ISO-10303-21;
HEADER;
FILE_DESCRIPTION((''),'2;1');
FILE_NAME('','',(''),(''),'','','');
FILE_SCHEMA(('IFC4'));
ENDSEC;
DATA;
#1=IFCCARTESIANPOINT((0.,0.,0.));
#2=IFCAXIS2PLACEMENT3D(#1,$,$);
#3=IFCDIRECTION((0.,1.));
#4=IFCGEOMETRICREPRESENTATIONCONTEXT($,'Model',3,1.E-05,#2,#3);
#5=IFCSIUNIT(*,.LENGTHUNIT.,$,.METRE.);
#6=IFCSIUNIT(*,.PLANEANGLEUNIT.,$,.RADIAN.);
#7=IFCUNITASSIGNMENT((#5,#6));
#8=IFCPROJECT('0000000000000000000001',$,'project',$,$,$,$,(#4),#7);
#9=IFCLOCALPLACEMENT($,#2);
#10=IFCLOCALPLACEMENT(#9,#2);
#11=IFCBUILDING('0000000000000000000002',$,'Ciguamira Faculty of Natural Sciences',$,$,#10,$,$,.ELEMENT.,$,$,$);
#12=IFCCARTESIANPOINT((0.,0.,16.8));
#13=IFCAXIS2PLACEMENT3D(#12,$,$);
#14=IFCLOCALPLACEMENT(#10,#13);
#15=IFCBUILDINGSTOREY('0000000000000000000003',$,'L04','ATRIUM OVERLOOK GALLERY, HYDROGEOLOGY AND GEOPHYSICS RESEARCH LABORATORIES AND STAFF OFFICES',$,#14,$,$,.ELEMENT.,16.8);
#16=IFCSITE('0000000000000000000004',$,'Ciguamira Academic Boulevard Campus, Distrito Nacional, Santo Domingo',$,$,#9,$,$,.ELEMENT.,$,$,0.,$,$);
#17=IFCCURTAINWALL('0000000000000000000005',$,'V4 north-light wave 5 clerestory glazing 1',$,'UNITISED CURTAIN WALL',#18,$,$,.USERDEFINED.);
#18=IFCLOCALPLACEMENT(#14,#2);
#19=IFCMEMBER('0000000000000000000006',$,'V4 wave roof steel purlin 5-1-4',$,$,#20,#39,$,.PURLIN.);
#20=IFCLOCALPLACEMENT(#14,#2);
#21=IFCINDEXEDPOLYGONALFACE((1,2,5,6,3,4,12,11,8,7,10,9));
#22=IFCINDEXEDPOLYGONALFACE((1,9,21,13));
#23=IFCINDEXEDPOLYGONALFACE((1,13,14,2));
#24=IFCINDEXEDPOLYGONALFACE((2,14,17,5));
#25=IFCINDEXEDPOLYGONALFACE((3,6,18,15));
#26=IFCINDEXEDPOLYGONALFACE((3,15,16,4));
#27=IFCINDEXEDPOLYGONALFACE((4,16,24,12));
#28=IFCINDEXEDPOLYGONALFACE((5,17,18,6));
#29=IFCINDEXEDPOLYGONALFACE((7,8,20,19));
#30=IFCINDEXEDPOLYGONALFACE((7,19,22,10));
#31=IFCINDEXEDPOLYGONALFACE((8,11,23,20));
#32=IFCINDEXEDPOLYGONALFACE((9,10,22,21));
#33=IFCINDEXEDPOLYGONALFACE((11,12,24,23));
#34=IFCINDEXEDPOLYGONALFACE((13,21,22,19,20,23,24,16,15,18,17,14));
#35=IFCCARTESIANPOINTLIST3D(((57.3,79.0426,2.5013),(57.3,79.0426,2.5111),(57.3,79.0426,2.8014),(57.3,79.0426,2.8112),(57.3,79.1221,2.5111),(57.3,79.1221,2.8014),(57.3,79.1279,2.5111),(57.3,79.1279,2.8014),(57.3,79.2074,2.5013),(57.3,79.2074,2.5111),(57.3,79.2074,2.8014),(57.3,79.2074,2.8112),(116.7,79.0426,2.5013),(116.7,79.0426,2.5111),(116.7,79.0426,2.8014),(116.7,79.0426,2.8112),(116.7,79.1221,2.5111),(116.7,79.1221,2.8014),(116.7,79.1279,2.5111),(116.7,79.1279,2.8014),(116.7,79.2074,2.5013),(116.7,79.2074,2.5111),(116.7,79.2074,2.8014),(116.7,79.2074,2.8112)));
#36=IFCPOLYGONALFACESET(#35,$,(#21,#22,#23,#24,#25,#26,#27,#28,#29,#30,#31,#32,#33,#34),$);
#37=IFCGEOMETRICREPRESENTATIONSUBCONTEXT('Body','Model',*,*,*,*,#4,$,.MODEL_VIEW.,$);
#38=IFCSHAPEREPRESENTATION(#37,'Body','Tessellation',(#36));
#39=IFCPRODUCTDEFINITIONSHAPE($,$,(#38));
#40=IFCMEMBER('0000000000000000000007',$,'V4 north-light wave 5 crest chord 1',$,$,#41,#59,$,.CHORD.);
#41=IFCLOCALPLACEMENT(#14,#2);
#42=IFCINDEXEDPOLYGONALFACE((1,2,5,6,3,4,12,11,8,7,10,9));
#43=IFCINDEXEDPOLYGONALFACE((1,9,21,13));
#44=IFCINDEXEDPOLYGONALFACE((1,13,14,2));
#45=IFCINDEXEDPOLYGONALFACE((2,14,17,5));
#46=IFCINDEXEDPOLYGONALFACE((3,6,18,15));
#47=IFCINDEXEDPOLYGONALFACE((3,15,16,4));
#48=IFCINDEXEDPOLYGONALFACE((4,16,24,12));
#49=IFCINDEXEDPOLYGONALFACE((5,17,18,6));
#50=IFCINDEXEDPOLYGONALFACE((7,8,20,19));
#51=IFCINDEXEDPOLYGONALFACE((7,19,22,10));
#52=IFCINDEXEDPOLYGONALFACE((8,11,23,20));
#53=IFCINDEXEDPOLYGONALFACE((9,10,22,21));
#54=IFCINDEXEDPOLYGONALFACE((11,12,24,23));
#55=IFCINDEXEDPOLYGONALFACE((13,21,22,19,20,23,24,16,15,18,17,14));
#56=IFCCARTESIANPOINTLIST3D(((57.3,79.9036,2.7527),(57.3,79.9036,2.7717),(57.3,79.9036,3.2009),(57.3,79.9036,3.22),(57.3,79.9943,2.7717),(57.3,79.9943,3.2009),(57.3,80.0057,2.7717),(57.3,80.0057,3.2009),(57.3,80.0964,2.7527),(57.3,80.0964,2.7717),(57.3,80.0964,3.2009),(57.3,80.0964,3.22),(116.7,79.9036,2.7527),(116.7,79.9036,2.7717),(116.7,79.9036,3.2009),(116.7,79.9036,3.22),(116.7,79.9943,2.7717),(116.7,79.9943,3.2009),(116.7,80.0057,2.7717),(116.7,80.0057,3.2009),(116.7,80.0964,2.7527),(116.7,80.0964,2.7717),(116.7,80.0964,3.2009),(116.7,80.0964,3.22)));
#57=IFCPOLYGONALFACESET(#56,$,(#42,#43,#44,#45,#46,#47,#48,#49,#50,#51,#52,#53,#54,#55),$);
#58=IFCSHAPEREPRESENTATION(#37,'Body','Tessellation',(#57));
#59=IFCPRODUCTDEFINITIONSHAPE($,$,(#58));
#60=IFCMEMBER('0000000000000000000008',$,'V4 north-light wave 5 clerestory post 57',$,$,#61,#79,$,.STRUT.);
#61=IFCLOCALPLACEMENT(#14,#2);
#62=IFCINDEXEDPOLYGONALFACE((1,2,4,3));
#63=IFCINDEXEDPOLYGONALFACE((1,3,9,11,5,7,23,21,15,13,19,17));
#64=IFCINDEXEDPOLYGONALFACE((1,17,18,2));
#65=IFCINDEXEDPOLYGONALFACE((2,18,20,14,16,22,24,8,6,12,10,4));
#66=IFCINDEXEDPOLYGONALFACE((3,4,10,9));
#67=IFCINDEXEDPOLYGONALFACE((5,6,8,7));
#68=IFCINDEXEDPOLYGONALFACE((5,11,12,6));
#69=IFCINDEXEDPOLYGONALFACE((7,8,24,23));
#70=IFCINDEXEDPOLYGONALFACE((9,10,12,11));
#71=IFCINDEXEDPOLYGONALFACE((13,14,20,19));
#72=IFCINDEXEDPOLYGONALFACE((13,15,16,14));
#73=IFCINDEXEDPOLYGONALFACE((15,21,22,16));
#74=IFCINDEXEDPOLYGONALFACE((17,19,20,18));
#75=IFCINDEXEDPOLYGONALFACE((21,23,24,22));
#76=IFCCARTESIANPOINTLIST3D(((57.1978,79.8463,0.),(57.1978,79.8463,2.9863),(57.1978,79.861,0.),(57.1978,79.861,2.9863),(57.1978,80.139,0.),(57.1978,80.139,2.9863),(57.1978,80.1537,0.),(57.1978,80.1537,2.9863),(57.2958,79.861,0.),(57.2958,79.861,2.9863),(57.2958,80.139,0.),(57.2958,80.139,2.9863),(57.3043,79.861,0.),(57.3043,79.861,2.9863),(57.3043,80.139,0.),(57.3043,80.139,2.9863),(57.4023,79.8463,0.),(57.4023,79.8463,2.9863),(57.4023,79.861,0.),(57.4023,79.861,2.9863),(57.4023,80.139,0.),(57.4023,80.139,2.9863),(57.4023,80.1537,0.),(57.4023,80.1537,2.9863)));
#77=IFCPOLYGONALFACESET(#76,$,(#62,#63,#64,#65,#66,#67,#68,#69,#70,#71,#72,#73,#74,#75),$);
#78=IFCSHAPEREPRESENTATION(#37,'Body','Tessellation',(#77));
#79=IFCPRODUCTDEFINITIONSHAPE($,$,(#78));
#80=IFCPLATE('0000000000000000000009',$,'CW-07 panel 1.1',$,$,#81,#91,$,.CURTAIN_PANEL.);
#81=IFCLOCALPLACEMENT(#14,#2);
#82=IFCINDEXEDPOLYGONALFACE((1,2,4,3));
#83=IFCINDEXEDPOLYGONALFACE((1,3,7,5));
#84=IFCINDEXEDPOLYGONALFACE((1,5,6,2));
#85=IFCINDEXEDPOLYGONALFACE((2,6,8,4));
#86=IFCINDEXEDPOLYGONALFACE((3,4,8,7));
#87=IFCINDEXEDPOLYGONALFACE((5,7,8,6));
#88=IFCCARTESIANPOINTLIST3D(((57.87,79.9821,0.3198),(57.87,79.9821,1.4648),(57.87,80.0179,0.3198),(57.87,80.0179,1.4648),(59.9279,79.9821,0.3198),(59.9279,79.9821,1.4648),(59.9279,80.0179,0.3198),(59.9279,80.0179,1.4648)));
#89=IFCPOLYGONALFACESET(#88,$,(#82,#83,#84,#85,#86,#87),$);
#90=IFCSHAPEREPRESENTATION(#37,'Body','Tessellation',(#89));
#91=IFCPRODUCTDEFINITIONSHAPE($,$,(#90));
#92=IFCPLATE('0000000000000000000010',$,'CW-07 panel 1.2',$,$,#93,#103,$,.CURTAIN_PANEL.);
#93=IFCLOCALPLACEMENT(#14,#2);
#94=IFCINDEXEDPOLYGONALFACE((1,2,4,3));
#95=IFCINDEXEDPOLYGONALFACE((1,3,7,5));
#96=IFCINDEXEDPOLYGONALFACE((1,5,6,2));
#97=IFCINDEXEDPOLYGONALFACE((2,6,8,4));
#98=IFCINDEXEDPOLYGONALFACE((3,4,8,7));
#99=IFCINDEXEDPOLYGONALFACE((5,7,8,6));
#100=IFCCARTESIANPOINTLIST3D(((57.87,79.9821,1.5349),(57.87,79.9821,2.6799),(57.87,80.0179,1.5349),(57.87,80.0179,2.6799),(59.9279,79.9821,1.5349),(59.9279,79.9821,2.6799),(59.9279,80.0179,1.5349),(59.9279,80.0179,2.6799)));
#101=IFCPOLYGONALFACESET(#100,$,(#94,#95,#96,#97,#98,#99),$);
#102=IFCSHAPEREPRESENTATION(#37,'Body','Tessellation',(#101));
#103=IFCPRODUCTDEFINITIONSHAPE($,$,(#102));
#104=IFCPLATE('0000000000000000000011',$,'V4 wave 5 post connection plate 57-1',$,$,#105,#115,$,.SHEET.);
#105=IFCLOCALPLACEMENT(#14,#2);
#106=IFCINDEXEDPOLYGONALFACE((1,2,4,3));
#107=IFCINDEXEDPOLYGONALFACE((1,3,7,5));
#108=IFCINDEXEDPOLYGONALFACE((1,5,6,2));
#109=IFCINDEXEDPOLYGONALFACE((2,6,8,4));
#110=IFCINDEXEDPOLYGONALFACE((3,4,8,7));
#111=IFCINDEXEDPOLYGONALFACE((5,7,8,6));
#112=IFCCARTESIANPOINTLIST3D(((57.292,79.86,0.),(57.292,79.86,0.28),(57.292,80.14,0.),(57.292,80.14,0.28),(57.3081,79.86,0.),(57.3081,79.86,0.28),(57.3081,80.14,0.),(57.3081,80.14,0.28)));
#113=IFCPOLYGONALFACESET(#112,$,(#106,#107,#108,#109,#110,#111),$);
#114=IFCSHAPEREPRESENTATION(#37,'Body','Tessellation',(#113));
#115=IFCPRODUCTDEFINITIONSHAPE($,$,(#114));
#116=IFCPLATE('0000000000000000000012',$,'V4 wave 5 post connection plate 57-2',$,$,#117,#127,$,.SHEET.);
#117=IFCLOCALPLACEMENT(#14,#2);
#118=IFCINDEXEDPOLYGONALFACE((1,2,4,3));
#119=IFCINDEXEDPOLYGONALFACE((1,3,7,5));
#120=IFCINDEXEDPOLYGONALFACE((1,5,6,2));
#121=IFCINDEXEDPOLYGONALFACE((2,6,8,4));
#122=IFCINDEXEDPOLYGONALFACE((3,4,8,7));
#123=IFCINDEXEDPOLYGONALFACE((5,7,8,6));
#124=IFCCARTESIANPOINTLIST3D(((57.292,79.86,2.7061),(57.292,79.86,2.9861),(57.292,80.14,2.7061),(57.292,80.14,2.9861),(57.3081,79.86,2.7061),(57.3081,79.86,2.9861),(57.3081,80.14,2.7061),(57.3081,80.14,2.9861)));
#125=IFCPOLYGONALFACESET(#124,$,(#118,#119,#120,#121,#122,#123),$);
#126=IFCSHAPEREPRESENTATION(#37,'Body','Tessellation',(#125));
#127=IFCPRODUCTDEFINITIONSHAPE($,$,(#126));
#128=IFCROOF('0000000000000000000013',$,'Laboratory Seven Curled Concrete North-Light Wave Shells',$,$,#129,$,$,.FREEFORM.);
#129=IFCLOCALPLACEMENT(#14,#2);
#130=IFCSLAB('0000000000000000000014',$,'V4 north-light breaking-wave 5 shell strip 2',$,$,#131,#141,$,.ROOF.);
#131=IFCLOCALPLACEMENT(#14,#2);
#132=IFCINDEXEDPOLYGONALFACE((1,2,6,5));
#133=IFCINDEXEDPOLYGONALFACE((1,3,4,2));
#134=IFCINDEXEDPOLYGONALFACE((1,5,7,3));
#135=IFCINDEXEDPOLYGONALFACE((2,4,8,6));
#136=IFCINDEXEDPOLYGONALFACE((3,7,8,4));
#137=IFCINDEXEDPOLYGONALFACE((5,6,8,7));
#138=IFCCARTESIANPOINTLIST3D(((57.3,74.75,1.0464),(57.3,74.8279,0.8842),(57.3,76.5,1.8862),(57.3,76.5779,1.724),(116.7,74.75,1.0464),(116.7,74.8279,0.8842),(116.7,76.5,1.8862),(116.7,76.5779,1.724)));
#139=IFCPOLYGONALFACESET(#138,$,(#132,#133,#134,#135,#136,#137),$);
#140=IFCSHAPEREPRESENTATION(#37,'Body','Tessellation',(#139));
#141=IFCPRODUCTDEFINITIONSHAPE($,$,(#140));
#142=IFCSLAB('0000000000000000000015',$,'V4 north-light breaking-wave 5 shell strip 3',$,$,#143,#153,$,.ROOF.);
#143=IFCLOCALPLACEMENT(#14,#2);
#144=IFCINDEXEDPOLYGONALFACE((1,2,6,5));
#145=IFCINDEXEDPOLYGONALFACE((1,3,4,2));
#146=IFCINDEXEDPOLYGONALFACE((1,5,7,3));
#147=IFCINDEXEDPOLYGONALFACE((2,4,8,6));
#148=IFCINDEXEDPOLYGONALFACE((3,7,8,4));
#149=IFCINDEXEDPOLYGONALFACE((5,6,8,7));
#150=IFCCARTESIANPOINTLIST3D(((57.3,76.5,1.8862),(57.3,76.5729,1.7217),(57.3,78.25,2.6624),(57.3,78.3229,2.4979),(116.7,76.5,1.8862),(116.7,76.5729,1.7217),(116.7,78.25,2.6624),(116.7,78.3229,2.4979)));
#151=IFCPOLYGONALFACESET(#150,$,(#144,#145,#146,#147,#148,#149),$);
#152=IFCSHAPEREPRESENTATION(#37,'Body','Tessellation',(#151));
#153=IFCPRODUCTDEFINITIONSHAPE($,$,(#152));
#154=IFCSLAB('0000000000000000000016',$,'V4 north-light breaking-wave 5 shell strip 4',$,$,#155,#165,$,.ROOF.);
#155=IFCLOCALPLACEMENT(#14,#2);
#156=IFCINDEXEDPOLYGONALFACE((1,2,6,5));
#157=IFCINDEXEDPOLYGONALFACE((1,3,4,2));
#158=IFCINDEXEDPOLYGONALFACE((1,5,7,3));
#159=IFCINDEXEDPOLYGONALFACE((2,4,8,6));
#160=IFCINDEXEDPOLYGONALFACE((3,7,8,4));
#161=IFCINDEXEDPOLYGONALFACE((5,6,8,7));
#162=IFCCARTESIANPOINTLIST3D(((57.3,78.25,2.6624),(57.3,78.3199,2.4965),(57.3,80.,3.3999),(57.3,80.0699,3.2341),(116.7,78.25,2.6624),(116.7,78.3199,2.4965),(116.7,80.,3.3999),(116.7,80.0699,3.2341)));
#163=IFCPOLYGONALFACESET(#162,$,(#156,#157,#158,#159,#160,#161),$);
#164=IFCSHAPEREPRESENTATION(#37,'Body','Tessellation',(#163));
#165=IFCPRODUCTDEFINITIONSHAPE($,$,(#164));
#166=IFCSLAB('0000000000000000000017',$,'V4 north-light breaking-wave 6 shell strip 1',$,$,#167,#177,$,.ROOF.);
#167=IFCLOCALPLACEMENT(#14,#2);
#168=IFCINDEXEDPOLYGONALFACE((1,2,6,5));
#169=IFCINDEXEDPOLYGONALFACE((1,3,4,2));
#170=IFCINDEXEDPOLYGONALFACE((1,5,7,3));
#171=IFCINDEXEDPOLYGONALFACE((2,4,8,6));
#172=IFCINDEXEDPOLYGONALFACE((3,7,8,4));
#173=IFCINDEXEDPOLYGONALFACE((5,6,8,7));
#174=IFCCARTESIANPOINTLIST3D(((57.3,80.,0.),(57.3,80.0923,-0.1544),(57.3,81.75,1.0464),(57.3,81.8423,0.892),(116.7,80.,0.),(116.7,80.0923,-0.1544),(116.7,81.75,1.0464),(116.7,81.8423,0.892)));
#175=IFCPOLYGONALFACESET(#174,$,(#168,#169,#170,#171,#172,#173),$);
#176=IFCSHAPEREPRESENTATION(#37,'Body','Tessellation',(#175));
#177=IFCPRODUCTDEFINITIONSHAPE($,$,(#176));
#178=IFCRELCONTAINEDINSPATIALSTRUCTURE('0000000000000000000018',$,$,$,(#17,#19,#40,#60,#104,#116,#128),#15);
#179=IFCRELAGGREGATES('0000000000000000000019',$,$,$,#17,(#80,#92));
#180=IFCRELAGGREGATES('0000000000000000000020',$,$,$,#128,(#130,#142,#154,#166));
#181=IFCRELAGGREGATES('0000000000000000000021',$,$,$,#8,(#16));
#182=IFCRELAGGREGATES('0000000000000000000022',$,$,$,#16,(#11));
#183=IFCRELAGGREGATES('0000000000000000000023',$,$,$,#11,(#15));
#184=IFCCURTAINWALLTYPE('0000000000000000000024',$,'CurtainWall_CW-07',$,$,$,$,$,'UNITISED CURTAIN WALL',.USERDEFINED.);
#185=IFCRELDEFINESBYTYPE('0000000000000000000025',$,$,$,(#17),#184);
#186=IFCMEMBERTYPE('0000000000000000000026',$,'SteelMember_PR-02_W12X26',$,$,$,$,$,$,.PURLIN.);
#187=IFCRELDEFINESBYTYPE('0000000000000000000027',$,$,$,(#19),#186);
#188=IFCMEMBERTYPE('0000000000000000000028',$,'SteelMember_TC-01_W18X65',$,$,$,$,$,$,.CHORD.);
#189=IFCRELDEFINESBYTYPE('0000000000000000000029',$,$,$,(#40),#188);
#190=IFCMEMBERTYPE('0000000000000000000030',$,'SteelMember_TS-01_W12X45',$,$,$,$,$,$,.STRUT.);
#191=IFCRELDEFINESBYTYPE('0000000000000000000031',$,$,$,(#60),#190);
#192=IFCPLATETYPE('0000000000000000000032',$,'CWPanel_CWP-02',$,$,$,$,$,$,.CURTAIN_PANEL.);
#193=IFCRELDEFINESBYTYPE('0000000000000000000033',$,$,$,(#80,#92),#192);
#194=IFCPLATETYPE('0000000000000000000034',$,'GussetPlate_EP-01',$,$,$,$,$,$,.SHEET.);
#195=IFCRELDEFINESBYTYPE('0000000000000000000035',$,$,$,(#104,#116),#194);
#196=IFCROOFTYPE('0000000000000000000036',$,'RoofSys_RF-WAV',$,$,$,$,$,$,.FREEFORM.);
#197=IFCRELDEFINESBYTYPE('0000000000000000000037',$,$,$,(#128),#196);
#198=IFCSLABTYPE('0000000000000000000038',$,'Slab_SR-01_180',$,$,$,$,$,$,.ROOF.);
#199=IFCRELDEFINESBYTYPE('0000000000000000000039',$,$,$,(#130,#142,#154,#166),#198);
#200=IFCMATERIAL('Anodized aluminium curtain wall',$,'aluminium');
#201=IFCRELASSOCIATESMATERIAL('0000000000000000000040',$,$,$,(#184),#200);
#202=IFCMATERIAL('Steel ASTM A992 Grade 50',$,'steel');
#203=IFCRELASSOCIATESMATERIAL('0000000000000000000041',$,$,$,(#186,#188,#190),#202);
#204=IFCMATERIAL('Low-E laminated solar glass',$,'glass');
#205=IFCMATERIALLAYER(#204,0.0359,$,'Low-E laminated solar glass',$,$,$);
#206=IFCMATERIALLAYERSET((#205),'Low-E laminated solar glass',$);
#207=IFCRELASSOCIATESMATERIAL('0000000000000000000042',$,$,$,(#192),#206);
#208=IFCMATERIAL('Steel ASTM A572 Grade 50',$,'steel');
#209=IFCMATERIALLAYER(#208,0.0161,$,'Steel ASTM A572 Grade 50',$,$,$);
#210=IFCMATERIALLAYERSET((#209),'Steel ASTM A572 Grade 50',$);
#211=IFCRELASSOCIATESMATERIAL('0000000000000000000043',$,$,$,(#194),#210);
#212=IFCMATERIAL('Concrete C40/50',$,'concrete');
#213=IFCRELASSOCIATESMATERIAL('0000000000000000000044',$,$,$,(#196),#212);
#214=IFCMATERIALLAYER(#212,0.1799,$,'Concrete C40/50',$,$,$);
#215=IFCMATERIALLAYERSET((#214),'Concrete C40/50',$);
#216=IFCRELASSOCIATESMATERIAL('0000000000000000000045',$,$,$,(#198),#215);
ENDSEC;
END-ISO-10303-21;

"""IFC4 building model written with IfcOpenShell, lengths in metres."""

from ifc_helpers import new_model, si_unit, direction, frame, origin, origin_2d, place, context, subcontext, project, spatial, polyline, rectangle, i_section, outline, extrude, material, layer, layer_set, material_profile, profile_set, type_object, element, aggregate, save


model = new_model("IFC4")

# Units and contexts
model_context = context("Model", 3, precision=1e-05, world=origin(), true_north=direction((0.0, 1.0)))
body_context = subcontext(model_context, "Body", "Model", "MODEL_VIEW")
ifc_project = project(units=[si_unit("LENGTHUNIT", "METRE"), si_unit("PLANEANGLEUNIT", "RADIAN")], contexts=[model_context])

# Site, building, storey
site_placement = place(None, origin())
site = spatial("IfcSite", under=ifc_project, at=site_placement, Name="Ciguamira Academic Boulevard Campus, Distrito Nacional, Santo Domingo", CompositionType="ELEMENT", RefElevation=0.0)
building_placement = place(site_placement, origin())
building = spatial("IfcBuilding", under=site, at=building_placement, Name="Ciguamira Faculty of Natural Sciences", CompositionType="ELEMENT")
storey_placement = place(building_placement, frame((0.0, 0.0, 16.8)))
storey = spatial("IfcBuildingStorey", under=building, at=storey_placement, Name="L04", Description="ATRIUM OVERLOOK GALLERY, HYDROGEOLOGY AND GEOPHYSICS RESEARCH LABORATORIES AND STAFF OFFICES", CompositionType="ELEMENT", Elevation=16.8)

# Curtain wall
ifc_material_1 = material(Name="Anodized aluminium curtain wall", Category="aluminium")
curtain_wall_type = type_object("IfcCurtainWallType", Name="CurtainWall_CW-07", ElementType="UNITISED CURTAIN WALL", PredefinedType="USERDEFINED", material=ifc_material_1)
curtain_wall_placement = place(storey_placement, origin())
curtain_wall = element("IfcCurtainWall", 1, at=curtain_wall_placement, inside=storey, type_object=curtain_wall_type, Name="V4 north-light wave 5 clerestory glazing 1", ObjectType="UNITISED CURTAIN WALL", PredefinedType="USERDEFINED")

# Shared definitions
ifc_material_2 = material(Name="Concrete C40/50", Category="concrete")

# Members
ifc_material_3 = material(Name="Steel ASTM A992 Grade 50", Category="steel")
ifc_material_profile_1 = material_profile(ifc_material_3, i_section(OverallWidth=0.1648, OverallDepth=0.3098, WebThickness=0.0059, FlangeThickness=0.0098, at=origin_2d()), Name="W12X26")
ifc_profile_set_1 = profile_set([ifc_material_profile_1], Name="Steel ASTM A992 Grade 50")
member_type_1 = type_object("IfcMemberType", Name="SteelMember_PR-02_W12X26", PredefinedType="PURLIN", material=ifc_profile_set_1)
for number, where, z_axis, x_axis, name in (
    (2, (57.3, 79.125, 2.6562), (1.0, 0.0, 0.0), (0.0, 1.0, 0.0), "V4 wave roof steel purlin 5-1-4"),
):
    element("IfcMember", number, at=place(storey_placement, frame(where, z_axis=z_axis, x_axis=x_axis)), inside=storey, type_object=member_type_1, Name=name, PredefinedType="PURLIN", context=body_context, shape_type="SweptSolid", body=[
        extrude(i_section(OverallWidth=0.1648, OverallDepth=0.3098, WebThickness=0.0059, FlangeThickness=0.0098, at=origin_2d()), origin(), (0.0, 0.0, 1.0), 59.3999),
    ])
ifc_material_profile_2 = material_profile(ifc_material_3, i_section(OverallWidth=0.1929, OverallDepth=0.4673, WebThickness=0.0115, FlangeThickness=0.019, at=origin_2d()), Name="W18X65")
ifc_profile_set_2 = profile_set([ifc_material_profile_2], Name="Steel ASTM A992 Grade 50")
member_type_2 = type_object("IfcMemberType", Name="SteelMember_TC-01_W18X65", PredefinedType="CHORD", material=ifc_profile_set_2)
member_1_placement = place(storey_placement, frame((57.3, 80.0, 2.9863), z_axis=(1.0, 0.0, 0.0), x_axis=(0.0, 1.0, 0.0)))
element("IfcMember", 3, at=member_1_placement, inside=storey, type_object=member_type_2, Name="V4 north-light wave 5 crest chord 1", PredefinedType="CHORD", context=body_context, shape_type="SweptSolid", body=[
    extrude(i_section(OverallWidth=0.1929, OverallDepth=0.4673, WebThickness=0.0115, FlangeThickness=0.019, at=origin_2d()), origin(), (0.0, 0.0, 1.0), 59.3999),
])
ifc_material_profile_3 = material_profile(ifc_material_3, i_section(OverallWidth=0.2046, OverallDepth=0.3074, WebThickness=0.0085, FlangeThickness=0.0146, at=origin_2d()), Name="W12X45")
ifc_profile_set_3 = profile_set([ifc_material_profile_3], Name="Steel ASTM A992 Grade 50")
member_type_3 = type_object("IfcMemberType", Name="SteelMember_TS-01_W12X45", PredefinedType="STRUT", material=ifc_profile_set_3)
member_2_placement = place(storey_placement, frame((57.3, 80.0, 0.0), z_axis=(0.0, 0.0, 1.0), x_axis=(1.0, 0.0, 0.0)))
element("IfcMember", 4, at=member_2_placement, inside=storey, type_object=member_type_3, Name="V4 north-light wave 5 clerestory post 57", PredefinedType="STRUT", context=body_context, shape_type="SweptSolid", body=[
    extrude(i_section(OverallWidth=0.2046, OverallDepth=0.3074, WebThickness=0.0085, FlangeThickness=0.0146, at=origin_2d()), origin(), (0.0, 0.0, 1.0), 2.9863),
])

# Plates
ifc_material_4 = material(Name="Low-E laminated solar glass", Category="glass")
ifc_layer_1 = layer(ifc_material_4, 0.0359, Name="Low-E laminated solar glass")
ifc_layer_set_1 = layer_set([ifc_layer_1], Name="Low-E laminated solar glass")
plate_type_1 = type_object("IfcPlateType", Name="CWPanel_CWP-02", PredefinedType="CURTAIN_PANEL", material=ifc_layer_set_1)
plate_1_placement = place(storey_placement, frame((58.8989, 80.0, 0.3198), z_axis=(0.0, 0.0, 1.0), x_axis=(1.0, 0.0, 0.0)))
plate_1 = element("IfcPlate", 5, at=plate_1_placement, type_object=plate_type_1, Name="CW-07 panel 1.1", PredefinedType="CURTAIN_PANEL", context=body_context, shape_type="SweptSolid", body=[
    extrude(rectangle(XDim=2.0579, YDim=0.0359, at=origin_2d()), origin(), (0.0, 0.0, 1.0), 1.145),
])
plate_2_placement = place(storey_placement, frame((58.8989, 80.0, 1.5349), z_axis=(0.0, 0.0, 1.0), x_axis=(1.0, 0.0, 0.0)))
plate_2 = element("IfcPlate", 6, at=plate_2_placement, type_object=plate_type_1, Name="CW-07 panel 1.2", PredefinedType="CURTAIN_PANEL", context=body_context, shape_type="SweptSolid", body=[
    extrude(rectangle(XDim=2.0579, YDim=0.0359, at=origin_2d()), origin(), (0.0, 0.0, 1.0), 1.145),
])
aggregate(curtain_wall, [plate_1, plate_2])

# Plates
ifc_material_5 = material(Name="Steel ASTM A572 Grade 50", Category="steel")
ifc_layer_2 = layer(ifc_material_5, 0.0161, Name="Steel ASTM A572 Grade 50")
ifc_layer_set_2 = layer_set([ifc_layer_2], Name="Steel ASTM A572 Grade 50")
plate_type_2 = type_object("IfcPlateType", Name="GussetPlate_EP-01", PredefinedType="SHEET", material=ifc_layer_set_2)
for number, where, z_axis, x_axis, name in (
    (7, (57.3, 80.0, 0.0), (0.0, 0.0, 1.0), (1.0, 0.0, 0.0), "V4 wave 5 post connection plate 57-1"),
    (8, (57.3, 80.0, 2.7061), (0.0, 0.0, 1.0), (1.0, 0.0, 0.0), "V4 wave 5 post connection plate 57-2"),
):
    element("IfcPlate", number, at=place(storey_placement, frame(where, z_axis=z_axis, x_axis=x_axis)), inside=storey, type_object=plate_type_2, Name=name, PredefinedType="SHEET", context=body_context, shape_type="SweptSolid", body=[
        extrude(rectangle(XDim=0.0161, YDim=0.28, at=origin_2d()), origin(), (0.0, 0.0, 1.0), 0.28),
    ])

# Roof, slabs
roof_type = type_object("IfcRoofType", Name="RoofSys_RF-WAV", PredefinedType="FREEFORM", material=ifc_material_2)
roof_placement = place(storey_placement, origin())
roof = element("IfcRoof", 9, at=roof_placement, inside=storey, type_object=roof_type, Name="Laboratory Seven Curled Concrete North-Light Wave Shells", PredefinedType="FREEFORM")
ifc_layer_3 = layer(ifc_material_2, 0.1799, Name="Concrete C40/50")
ifc_layer_set_3 = layer_set([ifc_layer_3], Name="Concrete C40/50")
slab_type = type_object("IfcSlabType", Name="Slab_SR-01_180", PredefinedType="ROOF", material=ifc_layer_set_3)
slab_1_placement = place(storey_placement, frame((57.3, 74.75, 1.0464), z_axis=(0.0, -0.432666, 0.901554), x_axis=(1.0, 0.0, 0.0)))
slab_1 = element("IfcSlab", 10, at=slab_1_placement, type_object=slab_type, Name="V4 north-light breaking-wave 5 shell strip 2", PredefinedType="ROOF", context=body_context, shape_type="SweptSolid", body=[
    extrude(outline(polyline([(0.0, 0.0), (59.3999, 0.0), (59.3999, 1.9411), (0.0, 1.9411), (0.0, 0.0)])), origin(), (0.0, 0.0, -1.0), 0.1799),
])
slab_2_placement = place(storey_placement, frame((57.3, 76.5, 1.8862), z_axis=(0.0, -0.405417, 0.914132), x_axis=(1.0, 0.0, 0.0)))
slab_2 = element("IfcSlab", 11, at=slab_2_placement, type_object=slab_type, Name="V4 north-light breaking-wave 5 shell strip 3", PredefinedType="ROOF", context=body_context, shape_type="SweptSolid", body=[
    extrude(outline(polyline([(0.0, 0.0), (59.3999, 0.0), (59.3999, 1.9144), (0.0, 1.9144), (0.0, 0.0)])), origin(), (0.0, 0.0, -1.0), 0.1799),
])
slab_3_placement = place(storey_placement, frame((57.3, 78.25, 2.6624), z_axis=(0.0, -0.388373, 0.921502), x_axis=(1.0, 0.0, 0.0)))
slab_3 = element("IfcSlab", 12, at=slab_3_placement, type_object=slab_type, Name="V4 north-light breaking-wave 5 shell strip 4", PredefinedType="ROOF", context=body_context, shape_type="SweptSolid", body=[
    extrude(outline(polyline([(0.0, 0.0), (59.3999, 0.0), (59.3999, 1.8991), (0.0, 1.8991), (0.0, 0.0)])), origin(), (0.0, 0.0, -1.0), 0.1799),
])
slab_4_placement = place(storey_placement, frame((57.3, 80.0, 0.0), z_axis=(0.0, -0.513192, 0.858274), x_axis=(1.0, 0.0, 0.0)))
slab_4 = element("IfcSlab", 13, at=slab_4_placement, type_object=slab_type, Name="V4 north-light breaking-wave 6 shell strip 1", PredefinedType="ROOF", context=body_context, shape_type="SweptSolid", body=[
    extrude(outline(polyline([(0.0, 0.0), (59.3999, 0.0), (59.3999, 2.039), (0.0, 2.039), (0.0, 0.0)])), origin(), (0.0, 0.0, -1.0), 0.1799),
])
aggregate(roof, [slab_1, slab_2, slab_3, slab_4])

save(model, "model.ifc")
